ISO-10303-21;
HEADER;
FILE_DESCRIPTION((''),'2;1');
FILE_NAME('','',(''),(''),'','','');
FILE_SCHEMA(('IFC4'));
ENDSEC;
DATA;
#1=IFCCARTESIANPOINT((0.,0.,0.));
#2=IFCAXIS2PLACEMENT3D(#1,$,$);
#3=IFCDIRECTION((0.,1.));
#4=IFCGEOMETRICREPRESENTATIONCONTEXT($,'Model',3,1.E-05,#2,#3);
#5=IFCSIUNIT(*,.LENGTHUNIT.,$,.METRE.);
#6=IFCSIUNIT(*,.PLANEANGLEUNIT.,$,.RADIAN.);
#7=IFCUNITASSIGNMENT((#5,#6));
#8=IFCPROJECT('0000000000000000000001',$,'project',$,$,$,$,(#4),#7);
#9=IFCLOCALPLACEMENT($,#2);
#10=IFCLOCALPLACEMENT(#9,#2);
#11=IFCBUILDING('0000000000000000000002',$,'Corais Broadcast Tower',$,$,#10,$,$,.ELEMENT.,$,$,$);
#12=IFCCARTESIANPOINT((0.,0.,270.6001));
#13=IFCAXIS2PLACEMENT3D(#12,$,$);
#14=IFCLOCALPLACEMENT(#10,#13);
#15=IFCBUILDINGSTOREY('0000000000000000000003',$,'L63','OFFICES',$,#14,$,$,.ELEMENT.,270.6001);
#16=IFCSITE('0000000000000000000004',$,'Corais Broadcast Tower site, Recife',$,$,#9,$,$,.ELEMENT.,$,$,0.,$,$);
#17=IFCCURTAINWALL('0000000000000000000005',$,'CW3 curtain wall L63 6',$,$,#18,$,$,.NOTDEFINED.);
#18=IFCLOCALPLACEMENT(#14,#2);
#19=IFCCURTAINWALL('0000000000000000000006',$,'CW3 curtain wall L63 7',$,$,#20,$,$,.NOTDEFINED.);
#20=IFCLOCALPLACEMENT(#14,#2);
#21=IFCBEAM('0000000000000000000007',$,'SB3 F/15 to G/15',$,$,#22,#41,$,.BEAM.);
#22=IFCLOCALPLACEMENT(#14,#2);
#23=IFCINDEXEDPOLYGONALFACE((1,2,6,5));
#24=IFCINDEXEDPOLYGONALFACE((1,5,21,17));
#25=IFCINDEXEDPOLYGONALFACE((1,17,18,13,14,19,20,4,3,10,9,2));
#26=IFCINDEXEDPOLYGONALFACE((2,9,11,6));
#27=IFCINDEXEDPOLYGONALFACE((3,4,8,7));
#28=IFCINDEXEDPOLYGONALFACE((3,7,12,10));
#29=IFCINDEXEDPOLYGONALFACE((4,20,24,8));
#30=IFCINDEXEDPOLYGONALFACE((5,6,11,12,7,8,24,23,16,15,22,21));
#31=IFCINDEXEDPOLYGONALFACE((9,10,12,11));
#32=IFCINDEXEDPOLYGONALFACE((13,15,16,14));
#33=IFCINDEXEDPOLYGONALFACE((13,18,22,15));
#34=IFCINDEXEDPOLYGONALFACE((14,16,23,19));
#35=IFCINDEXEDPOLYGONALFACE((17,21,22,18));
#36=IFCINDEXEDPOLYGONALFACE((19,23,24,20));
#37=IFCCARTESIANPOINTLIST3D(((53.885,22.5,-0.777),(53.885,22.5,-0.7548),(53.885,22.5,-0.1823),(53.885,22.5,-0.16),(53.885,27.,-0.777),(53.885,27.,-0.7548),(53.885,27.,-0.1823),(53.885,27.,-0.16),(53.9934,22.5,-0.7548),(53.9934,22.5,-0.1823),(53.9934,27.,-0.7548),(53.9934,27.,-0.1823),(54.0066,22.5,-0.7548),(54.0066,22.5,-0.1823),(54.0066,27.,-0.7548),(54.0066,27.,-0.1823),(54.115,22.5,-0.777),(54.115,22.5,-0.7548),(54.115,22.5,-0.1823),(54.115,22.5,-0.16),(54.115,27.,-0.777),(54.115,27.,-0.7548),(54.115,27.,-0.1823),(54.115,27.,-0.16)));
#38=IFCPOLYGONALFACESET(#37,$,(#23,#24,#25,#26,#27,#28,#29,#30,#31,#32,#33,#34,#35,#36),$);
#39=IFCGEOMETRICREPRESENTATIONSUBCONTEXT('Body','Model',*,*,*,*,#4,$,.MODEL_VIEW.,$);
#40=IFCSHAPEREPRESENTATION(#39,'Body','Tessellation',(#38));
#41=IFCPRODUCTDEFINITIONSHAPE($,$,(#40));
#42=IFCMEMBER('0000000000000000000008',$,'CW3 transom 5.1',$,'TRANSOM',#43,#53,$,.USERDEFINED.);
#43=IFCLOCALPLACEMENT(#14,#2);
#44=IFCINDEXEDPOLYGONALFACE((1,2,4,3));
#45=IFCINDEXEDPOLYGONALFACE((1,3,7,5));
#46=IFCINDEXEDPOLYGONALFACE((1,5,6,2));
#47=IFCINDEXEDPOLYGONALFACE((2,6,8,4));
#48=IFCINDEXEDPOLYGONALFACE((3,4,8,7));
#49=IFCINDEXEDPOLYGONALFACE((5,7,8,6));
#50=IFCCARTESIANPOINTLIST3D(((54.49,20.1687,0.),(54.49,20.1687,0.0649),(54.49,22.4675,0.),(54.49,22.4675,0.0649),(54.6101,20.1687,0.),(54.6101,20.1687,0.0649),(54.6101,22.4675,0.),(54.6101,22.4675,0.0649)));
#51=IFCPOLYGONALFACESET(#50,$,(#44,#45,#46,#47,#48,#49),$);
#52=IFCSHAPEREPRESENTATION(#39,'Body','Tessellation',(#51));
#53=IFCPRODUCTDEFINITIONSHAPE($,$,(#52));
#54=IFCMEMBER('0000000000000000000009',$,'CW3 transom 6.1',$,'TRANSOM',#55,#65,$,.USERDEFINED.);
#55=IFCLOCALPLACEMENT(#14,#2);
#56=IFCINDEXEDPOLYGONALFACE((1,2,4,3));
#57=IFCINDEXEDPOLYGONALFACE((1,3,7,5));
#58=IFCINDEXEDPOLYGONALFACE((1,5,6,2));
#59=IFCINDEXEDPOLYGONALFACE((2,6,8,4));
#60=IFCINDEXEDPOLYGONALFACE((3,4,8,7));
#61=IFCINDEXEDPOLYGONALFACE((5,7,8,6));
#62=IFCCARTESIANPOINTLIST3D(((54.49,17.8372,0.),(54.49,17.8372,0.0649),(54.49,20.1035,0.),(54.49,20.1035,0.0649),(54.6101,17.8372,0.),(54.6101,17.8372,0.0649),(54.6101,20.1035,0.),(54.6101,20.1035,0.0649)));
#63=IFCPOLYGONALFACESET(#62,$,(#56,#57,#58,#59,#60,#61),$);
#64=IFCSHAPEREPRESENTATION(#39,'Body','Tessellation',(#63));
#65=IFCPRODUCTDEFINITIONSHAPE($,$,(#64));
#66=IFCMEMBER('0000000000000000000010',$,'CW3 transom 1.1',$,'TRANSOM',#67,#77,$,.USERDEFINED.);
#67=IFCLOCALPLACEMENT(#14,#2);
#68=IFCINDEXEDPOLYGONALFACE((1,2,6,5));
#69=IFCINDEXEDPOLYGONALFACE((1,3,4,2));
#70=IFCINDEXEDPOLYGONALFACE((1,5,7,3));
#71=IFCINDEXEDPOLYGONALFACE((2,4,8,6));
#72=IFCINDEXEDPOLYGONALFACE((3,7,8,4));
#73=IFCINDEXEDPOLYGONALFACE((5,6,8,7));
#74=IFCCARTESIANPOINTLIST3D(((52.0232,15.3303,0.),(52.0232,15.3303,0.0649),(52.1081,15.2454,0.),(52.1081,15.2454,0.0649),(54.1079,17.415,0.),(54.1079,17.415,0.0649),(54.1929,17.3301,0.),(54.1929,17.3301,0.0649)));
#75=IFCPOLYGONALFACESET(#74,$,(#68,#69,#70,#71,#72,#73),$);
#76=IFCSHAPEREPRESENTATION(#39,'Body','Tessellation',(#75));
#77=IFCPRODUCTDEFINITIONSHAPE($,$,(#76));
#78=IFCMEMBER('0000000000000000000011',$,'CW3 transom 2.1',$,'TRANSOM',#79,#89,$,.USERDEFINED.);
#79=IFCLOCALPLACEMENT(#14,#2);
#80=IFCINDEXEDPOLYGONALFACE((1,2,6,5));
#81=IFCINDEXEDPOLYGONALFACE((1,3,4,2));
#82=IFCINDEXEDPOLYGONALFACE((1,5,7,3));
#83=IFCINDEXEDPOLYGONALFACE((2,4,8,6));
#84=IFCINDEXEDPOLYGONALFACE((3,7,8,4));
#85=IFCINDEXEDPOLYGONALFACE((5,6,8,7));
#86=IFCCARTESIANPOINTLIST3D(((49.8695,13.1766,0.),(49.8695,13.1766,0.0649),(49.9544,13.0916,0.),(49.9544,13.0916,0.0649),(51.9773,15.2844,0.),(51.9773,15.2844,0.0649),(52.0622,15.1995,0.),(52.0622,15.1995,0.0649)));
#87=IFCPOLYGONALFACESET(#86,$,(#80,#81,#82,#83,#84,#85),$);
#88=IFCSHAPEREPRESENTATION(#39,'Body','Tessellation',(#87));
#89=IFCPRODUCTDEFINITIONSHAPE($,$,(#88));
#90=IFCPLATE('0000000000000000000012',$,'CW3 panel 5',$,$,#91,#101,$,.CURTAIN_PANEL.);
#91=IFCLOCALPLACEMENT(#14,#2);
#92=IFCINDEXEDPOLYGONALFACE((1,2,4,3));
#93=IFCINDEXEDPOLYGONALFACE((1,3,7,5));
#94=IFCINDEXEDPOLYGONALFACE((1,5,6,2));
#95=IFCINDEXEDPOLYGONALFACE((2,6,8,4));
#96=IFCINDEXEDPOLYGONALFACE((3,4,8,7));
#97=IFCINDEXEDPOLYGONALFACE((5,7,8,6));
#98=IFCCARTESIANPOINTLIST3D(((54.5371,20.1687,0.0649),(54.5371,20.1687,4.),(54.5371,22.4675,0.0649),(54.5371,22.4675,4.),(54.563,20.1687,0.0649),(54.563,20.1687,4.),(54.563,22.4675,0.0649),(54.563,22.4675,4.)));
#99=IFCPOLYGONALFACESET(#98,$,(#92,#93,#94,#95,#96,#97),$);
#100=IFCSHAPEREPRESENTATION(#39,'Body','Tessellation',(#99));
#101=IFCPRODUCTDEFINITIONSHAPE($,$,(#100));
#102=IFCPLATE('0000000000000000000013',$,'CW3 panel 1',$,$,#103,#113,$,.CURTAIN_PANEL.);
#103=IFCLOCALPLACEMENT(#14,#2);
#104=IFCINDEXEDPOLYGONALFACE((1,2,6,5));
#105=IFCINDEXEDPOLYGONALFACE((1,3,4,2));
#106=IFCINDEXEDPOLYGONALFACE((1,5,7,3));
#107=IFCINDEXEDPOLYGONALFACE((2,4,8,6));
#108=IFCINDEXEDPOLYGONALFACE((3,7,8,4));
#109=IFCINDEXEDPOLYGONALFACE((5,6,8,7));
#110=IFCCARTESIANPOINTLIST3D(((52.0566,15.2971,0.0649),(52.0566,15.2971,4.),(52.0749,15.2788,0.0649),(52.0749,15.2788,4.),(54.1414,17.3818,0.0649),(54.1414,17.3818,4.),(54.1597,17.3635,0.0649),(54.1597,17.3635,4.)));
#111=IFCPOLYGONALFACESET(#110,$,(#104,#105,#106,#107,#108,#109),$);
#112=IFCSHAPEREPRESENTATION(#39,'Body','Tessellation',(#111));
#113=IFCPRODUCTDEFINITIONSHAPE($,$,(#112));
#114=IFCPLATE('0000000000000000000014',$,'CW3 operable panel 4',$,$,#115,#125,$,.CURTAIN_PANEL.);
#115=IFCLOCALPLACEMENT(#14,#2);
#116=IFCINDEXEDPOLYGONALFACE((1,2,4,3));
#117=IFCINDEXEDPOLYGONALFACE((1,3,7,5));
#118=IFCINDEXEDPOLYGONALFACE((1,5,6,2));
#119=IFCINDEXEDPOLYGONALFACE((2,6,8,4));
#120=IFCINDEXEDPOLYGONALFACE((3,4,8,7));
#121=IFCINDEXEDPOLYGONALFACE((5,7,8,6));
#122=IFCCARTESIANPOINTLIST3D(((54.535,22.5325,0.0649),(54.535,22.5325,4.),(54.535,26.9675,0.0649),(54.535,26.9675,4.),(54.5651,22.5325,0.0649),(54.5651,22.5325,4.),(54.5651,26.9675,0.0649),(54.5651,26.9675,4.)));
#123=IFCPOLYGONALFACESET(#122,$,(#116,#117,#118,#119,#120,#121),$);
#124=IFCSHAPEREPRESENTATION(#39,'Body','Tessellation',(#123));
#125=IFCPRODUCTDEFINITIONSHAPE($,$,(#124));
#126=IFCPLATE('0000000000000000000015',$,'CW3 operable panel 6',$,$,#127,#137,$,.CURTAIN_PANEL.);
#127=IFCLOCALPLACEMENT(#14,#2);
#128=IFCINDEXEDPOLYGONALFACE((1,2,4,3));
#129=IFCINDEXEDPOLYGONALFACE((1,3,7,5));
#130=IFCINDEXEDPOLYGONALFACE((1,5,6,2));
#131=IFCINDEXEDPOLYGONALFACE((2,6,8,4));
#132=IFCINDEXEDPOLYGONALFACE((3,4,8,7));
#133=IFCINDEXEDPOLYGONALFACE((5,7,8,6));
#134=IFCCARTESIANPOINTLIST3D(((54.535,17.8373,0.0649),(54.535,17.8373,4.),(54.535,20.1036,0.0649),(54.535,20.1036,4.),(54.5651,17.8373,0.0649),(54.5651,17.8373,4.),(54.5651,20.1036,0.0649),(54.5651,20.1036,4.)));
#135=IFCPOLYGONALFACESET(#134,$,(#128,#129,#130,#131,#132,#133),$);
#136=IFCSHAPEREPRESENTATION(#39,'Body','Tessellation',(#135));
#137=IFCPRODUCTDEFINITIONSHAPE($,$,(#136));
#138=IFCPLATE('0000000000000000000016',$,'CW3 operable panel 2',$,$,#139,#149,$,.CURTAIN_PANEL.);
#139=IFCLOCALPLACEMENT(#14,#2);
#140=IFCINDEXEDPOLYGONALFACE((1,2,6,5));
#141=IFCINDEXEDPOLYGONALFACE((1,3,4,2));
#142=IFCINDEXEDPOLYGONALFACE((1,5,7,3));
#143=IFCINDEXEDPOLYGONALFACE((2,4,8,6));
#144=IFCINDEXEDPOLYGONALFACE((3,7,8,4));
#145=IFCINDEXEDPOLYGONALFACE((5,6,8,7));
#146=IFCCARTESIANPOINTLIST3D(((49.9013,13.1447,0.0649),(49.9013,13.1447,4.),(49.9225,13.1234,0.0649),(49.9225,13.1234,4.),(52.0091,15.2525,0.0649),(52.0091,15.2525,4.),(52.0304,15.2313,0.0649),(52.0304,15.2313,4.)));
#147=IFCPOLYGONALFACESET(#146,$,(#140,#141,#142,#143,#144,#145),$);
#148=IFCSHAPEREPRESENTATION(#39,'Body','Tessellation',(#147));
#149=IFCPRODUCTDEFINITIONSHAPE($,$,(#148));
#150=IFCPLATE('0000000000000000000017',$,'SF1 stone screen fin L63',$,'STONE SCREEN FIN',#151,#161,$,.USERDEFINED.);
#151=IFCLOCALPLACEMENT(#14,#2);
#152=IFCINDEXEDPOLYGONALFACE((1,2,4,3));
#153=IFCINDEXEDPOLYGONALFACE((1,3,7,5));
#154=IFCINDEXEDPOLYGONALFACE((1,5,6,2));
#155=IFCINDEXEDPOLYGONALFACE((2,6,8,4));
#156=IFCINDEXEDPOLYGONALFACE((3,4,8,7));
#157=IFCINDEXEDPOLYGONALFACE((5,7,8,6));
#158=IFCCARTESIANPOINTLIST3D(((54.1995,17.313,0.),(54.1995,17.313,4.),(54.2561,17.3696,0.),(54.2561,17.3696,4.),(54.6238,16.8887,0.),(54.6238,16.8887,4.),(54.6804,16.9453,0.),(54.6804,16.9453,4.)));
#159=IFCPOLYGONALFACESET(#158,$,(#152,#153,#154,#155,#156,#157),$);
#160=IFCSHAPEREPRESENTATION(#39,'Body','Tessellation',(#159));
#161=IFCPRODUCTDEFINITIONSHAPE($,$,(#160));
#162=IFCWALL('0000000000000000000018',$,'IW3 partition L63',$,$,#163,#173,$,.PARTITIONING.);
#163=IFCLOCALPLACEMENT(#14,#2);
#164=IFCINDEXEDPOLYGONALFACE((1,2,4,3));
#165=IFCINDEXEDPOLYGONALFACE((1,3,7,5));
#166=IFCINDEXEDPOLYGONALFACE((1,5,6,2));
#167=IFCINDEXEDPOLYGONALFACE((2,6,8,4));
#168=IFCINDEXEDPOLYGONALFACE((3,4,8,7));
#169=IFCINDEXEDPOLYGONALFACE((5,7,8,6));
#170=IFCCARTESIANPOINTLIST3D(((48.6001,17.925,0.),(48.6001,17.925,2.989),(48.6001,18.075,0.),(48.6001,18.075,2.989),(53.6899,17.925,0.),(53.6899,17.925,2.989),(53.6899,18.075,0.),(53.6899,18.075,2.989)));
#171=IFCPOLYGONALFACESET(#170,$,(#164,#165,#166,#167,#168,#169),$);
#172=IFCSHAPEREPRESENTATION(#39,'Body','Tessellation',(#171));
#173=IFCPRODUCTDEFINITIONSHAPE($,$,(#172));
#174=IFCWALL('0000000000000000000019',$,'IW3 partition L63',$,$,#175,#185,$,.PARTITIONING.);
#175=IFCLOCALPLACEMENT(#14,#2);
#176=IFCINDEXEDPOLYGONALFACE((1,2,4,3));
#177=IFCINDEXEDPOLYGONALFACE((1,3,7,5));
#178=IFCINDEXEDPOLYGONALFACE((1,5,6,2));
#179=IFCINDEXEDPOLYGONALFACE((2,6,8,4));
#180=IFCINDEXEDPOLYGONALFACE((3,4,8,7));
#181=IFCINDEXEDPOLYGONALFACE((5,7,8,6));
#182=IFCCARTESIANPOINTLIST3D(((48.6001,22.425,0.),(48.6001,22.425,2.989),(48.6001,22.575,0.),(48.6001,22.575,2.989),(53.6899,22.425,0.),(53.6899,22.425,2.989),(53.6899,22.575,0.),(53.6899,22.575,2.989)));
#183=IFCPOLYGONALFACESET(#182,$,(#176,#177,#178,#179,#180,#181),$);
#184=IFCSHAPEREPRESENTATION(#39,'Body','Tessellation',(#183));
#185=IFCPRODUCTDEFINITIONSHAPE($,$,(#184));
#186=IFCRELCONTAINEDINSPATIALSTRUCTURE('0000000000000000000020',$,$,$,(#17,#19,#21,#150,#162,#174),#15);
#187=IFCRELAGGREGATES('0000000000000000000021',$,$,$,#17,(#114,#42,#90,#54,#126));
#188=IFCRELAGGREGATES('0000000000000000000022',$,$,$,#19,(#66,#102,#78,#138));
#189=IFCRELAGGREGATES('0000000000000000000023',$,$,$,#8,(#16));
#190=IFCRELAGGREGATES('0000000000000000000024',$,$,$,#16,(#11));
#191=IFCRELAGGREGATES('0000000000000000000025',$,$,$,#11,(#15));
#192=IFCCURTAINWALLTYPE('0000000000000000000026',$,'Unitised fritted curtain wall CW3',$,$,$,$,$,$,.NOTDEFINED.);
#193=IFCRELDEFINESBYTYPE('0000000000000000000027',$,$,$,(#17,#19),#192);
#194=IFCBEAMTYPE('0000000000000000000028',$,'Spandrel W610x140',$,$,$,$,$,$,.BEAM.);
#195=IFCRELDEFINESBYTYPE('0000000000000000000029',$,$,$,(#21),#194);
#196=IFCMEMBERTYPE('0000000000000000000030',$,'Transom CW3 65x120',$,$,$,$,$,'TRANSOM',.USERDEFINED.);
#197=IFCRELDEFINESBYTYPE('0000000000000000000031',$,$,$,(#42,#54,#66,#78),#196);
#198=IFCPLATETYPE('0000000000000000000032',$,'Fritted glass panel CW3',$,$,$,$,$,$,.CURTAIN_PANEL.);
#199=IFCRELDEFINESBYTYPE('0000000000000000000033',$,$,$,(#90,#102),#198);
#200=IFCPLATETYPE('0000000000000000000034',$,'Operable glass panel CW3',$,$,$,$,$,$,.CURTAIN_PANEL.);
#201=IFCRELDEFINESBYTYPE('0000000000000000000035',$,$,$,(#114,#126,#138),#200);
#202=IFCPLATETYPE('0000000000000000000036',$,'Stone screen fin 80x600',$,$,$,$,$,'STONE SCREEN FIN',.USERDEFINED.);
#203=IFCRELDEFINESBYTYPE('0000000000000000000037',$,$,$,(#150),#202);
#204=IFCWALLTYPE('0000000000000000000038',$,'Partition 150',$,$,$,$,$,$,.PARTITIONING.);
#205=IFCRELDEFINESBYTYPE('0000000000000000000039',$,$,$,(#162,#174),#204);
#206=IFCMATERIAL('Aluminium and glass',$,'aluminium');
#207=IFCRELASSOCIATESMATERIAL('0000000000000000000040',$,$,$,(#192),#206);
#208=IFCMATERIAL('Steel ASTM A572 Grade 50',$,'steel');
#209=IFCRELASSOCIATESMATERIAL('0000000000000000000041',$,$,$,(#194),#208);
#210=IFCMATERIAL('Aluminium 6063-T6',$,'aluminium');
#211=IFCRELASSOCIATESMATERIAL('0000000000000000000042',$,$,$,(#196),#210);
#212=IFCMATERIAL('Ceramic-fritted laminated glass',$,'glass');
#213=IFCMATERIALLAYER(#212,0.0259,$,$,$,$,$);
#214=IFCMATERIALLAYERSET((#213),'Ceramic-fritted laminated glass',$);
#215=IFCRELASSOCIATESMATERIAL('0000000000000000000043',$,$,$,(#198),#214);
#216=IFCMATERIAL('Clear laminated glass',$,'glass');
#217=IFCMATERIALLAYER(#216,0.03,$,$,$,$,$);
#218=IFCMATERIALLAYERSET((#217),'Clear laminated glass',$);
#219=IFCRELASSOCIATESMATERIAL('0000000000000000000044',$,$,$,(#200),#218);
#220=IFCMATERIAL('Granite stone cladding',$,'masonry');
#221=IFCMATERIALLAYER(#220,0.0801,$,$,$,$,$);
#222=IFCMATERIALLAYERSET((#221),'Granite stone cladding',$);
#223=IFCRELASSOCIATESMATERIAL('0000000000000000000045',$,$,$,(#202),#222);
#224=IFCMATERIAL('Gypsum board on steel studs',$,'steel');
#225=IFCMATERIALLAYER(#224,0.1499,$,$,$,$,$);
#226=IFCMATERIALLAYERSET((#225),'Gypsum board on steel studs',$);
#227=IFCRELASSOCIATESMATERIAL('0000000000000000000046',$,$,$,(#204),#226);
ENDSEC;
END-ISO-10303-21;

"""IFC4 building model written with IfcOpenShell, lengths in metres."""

from ifc_helpers import new_model, si_unit, direction, frame, frame_2d, origin, origin_2d, place, context, subcontext, project, spatial, rectangle, i_section, extrude, material, layer, layer_set, material_profile, profile_set, type_object, element, aggregate, save


model = new_model("IFC4")

# Units and contexts
model_context = context("Model", 3, precision=1e-05, world=origin(), true_north=direction((0.0, 1.0)))
body_context = subcontext(model_context, "Body", "Model", "MODEL_VIEW")
ifc_project = project(units=[si_unit("LENGTHUNIT", "METRE"), si_unit("PLANEANGLEUNIT", "RADIAN")], contexts=[model_context])

# Site, building, storey
site_placement = place(None, origin())
site = spatial("IfcSite", under=ifc_project, at=site_placement, Name="Corais Broadcast Tower site, Recife", CompositionType="ELEMENT", RefElevation=0.0)
building_placement = place(site_placement, origin())
building = spatial("IfcBuilding", under=site, at=building_placement, Name="Corais Broadcast Tower", CompositionType="ELEMENT")
storey_placement = place(building_placement, frame((0.0, 0.0, 270.6001)))
storey = spatial("IfcBuildingStorey", under=building, at=storey_placement, Name="L63", Description="OFFICES", CompositionType="ELEMENT", Elevation=270.6001)

# Curtain walls
ifc_material_1 = material(Name="Aluminium and glass", Category="aluminium")
curtain_wall_type = type_object("IfcCurtainWallType", Name="Unitised fritted curtain wall CW3", PredefinedType="NOTDEFINED", material=ifc_material_1)
curtain_wall_1_placement = place(storey_placement, origin())
curtain_wall_1 = element("IfcCurtainWall", 1, at=curtain_wall_1_placement, inside=storey, type_object=curtain_wall_type, Name="CW3 curtain wall L63 6", PredefinedType="NOTDEFINED")
curtain_wall_2_placement = place(storey_placement, origin())
curtain_wall_2 = element("IfcCurtainWall", 2, at=curtain_wall_2_placement, inside=storey, type_object=curtain_wall_type, Name="CW3 curtain wall L63 7", PredefinedType="NOTDEFINED")

# Beam
ifc_material_2 = material(Name="Steel ASTM A572 Grade 50", Category="steel")
ifc_material_profile_1 = material_profile(ifc_material_2, i_section(OverallWidth=0.23, OverallDepth=0.6169, WebThickness=0.0132, FlangeThickness=0.0222, at=origin_2d()), Name="W610x140")
ifc_profile_set_1 = profile_set([ifc_material_profile_1], Name="Steel ASTM A572 Grade 50")
beam_type_1 = type_object("IfcBeamType", Name="Spandrel W610x140", PredefinedType="BEAM", material=ifc_profile_set_1)
for number, where, z_axis, x_axis, name in (
    (3, (54.0, 22.5, -0.4685), (0.0, 1.0, 0.0), (-1.0, 0.0, 0.0), "SB3 F/15 to G/15"),
):
    element("IfcBeam", number, at=place(storey_placement, frame(where, z_axis=z_axis, x_axis=x_axis)), inside=storey, type_object=beam_type_1, Name=name, PredefinedType="BEAM", context=body_context, shape_type="SweptSolid", body=[
        extrude(i_section(OverallWidth=0.23, OverallDepth=0.6169, WebThickness=0.0132, FlangeThickness=0.0222, at=origin_2d()), origin(), (0.0, 0.0, 1.0), 4.5),
    ])

# Members
ifc_material_3 = material(Name="Aluminium 6063-T6", Category="aluminium")
ifc_material_profile_2 = material_profile(ifc_material_3, rectangle(XDim=0.1201, YDim=0.0649, at=origin_2d()), Name="Transom CW3 65x120")
ifc_profile_set_2 = profile_set([ifc_material_profile_2], Name="Aluminium 6063-T6")
member_type_1 = type_object("IfcMemberType", Name="Transom CW3 65x120", ElementType="TRANSOM", PredefinedType="USERDEFINED", material=ifc_profile_set_2)
member_1_placement = place(storey_placement, frame((54.55, 22.4675, 0.0325), z_axis=(0.0, -1.0, 0.0), x_axis=(1.0, 0.0, 0.0)))
member_1 = element("IfcMember", 4, at=member_1_placement, type_object=member_type_1, Name="CW3 transom 5.1", ObjectType="TRANSOM", PredefinedType="USERDEFINED", context=body_context, shape_type="SweptSolid", body=[
    extrude(rectangle(XDim=0.1201, YDim=0.0649, at=origin_2d()), origin(), (0.0, 0.0, 1.0), 2.2988),
])
member_2_placement = place(storey_placement, frame((54.55, 20.1035, 0.0325), z_axis=(0.0, -1.0, 0.0), x_axis=(1.0, 0.0, 0.0)))
member_2 = element("IfcMember", 5, at=member_2_placement, type_object=member_type_1, Name="CW3 transom 6.1", ObjectType="TRANSOM", PredefinedType="USERDEFINED", context=body_context, shape_type="SweptSolid", body=[
    extrude(rectangle(XDim=0.1201, YDim=0.0649, at=origin_2d()), origin(), (0.0, 0.0, 1.0), 2.2664),
])
member_3_placement = place(storey_placement, frame((54.1504, 17.3726, 0.0325), z_axis=(-0.707107, -0.707107, 0.0), x_axis=(0.707107, -0.707107, 0.0)))
member_3 = element("IfcMember", 6, at=member_3_placement, type_object=member_type_1, Name="CW3 transom 1.1", ObjectType="TRANSOM", PredefinedType="USERDEFINED", context=body_context, shape_type="SweptSolid", body=[
    extrude(rectangle(XDim=0.1201, YDim=0.0649, at=origin_2d()), origin(), (0.0, 0.0, 1.0), 2.9482),
])
member_4_placement = place(storey_placement, frame((52.0198, 15.2419, 0.0325), z_axis=(-0.707107, -0.707107, 0.0), x_axis=(0.707107, -0.707107, 0.0)))
member_4 = element("IfcMember", 7, at=member_4_placement, type_object=member_type_1, Name="CW3 transom 2.1", ObjectType="TRANSOM", PredefinedType="USERDEFINED", context=body_context, shape_type="SweptSolid", body=[
    extrude(rectangle(XDim=0.1201, YDim=0.0649, at=origin_2d()), origin(), (0.0, 0.0, 1.0), 2.981),
])

# Plates
ifc_material_4 = material(Name="Ceramic-fritted laminated glass", Category="glass")
ifc_layer_1 = layer(ifc_material_4, 0.0259)
ifc_layer_set_1 = layer_set([ifc_layer_1], Name="Ceramic-fritted laminated glass")
plate_type_1 = type_object("IfcPlateType", Name="Fritted glass panel CW3", PredefinedType="CURTAIN_PANEL", material=ifc_layer_set_1)
plate_1_placement = place(storey_placement, frame((54.55, 21.3181, 0.0649), z_axis=(0.0, 0.0, 1.0), x_axis=(0.0, -1.0, 0.0)))
plate_1 = element("IfcPlate", 8, at=plate_1_placement, type_object=plate_type_1, Name="CW3 panel 5", PredefinedType="CURTAIN_PANEL", context=body_context, shape_type="SweptSolid", body=[
    extrude(rectangle(XDim=2.2988, YDim=0.0259, at=origin_2d()), origin(), (0.0, 0.0, 1.0), 3.9351),
])
plate_2_placement = place(storey_placement, frame((53.1082, 16.3303, 0.0649), z_axis=(0.0, 0.0, 1.0), x_axis=(-0.707107, -0.707107, 0.0)))
plate_2 = element("IfcPlate", 9, at=plate_2_placement, type_object=plate_type_1, Name="CW3 panel 1", PredefinedType="CURTAIN_PANEL", context=body_context, shape_type="SweptSolid", body=[
    extrude(rectangle(XDim=2.9482, YDim=0.0259, at=origin_2d()), origin(), (0.0, 0.0, 1.0), 3.9351),
])
ifc_material_5 = material(Name="Clear laminated glass", Category="glass")
ifc_layer_2 = layer(ifc_material_5, 0.03)
ifc_layer_set_2 = layer_set([ifc_layer_2], Name="Clear laminated glass")
plate_type_2 = type_object("IfcPlateType", Name="Operable glass panel CW3", PredefinedType="CURTAIN_PANEL", material=ifc_layer_set_2)
plate_3_placement = place(storey_placement, frame((54.55, 24.75, 0.0649), z_axis=(0.0, 0.0, 1.0), x_axis=(0.0, -1.0, 0.0)))
plate_3 = element("IfcPlate", 10, at=plate_3_placement, type_object=plate_type_2, Name="CW3 operable panel 4", PredefinedType="CURTAIN_PANEL", context=body_context, shape_type="SweptSolid", body=[
    extrude(rectangle(XDim=4.4351, YDim=0.03, at=origin_2d()), origin(), (0.0, 0.0, 1.0), 3.9351),
])
plate_4_placement = place(storey_placement, frame((54.55, 18.9705, 0.0649), z_axis=(0.0, 0.0, 1.0), x_axis=(0.0, -1.0, 0.0)))
plate_4 = element("IfcPlate", 11, at=plate_4_placement, type_object=plate_type_2, Name="CW3 operable panel 6", PredefinedType="CURTAIN_PANEL", context=body_context, shape_type="SweptSolid", body=[
    extrude(rectangle(XDim=2.2664, YDim=0.03, at=origin_2d()), origin(), (0.0, 0.0, 1.0), 3.9351),
])
aggregate(curtain_wall_1, [plate_3, member_1, plate_1, member_2, plate_4])
plate_5_placement = place(storey_placement, frame((50.9658, 14.188, 0.0649), z_axis=(0.0, 0.0, 1.0), x_axis=(-0.707107, -0.707107, 0.0)))
plate_5 = element("IfcPlate", 12, at=plate_5_placement, type_object=plate_type_2, Name="CW3 operable panel 2", PredefinedType="CURTAIN_PANEL", context=body_context, shape_type="SweptSolid", body=[
    extrude(rectangle(XDim=2.981, YDim=0.03, at=origin_2d()), origin(), (0.0, 0.0, 1.0), 3.9351),
])
aggregate(curtain_wall_2, [member_3, plate_2, member_4, plate_5])
ifc_material_6 = material(Name="Granite stone cladding", Category="masonry")
ifc_layer_3 = layer(ifc_material_6, 0.0801)
ifc_layer_set_3 = layer_set([ifc_layer_3], Name="Granite stone cladding")
plate_type_3 = type_object("IfcPlateType", Name="Stone screen fin 80x600", ElementType="STONE SCREEN FIN", PredefinedType="USERDEFINED", material=ifc_layer_set_3)
plate_6_placement = place(storey_placement, frame((54.4399, 17.1292, 0.0), z_axis=(0.0, 0.0, 1.0), x_axis=(-0.707107, -0.707107, 0.0)))
element("IfcPlate", 13, at=plate_6_placement, inside=storey, type_object=plate_type_3, Name="SF1 stone screen fin L63", ObjectType="STONE SCREEN FIN", PredefinedType="USERDEFINED", context=body_context, shape_type="SweptSolid", body=[
    extrude(rectangle(XDim=0.0801, YDim=0.6001, at=origin_2d()), origin(), (0.0, 0.0, 1.0), 4.0),
])

# Walls
ifc_material_7 = material(Name="Gypsum board on steel studs", Category="steel")
ifc_layer_4 = layer(ifc_material_7, 0.1499)
ifc_layer_set_4 = layer_set([ifc_layer_4], Name="Gypsum board on steel studs")
wall_type = type_object("IfcWallType", Name="Partition 150", PredefinedType="PARTITIONING", material=ifc_layer_set_4)
for number, where, z_axis, x_axis, name in (
    (14, (48.6001, 18.0, 0.0), (0.0, 0.0, 1.0), (1.0, 0.0, 0.0), "IW3 partition L63"),
    (15, (53.6899, 22.5, 0.0), (0.0, 0.0, 1.0), (-1.0, 0.0, 0.0), "IW3 partition L63"),
):
    element("IfcWall", number, at=place(storey_placement, frame(where, z_axis=z_axis, x_axis=x_axis)), inside=storey, type_object=wall_type, Name=name, PredefinedType="PARTITIONING", context=body_context, shape_type="SweptSolid", body=[
        extrude(rectangle(XDim=5.0898, YDim=0.1499, at=frame_2d((2.5449, 0.0))), origin(), (0.0, 0.0, 1.0), 2.989),
    ])

save(model, "model.ifc")
